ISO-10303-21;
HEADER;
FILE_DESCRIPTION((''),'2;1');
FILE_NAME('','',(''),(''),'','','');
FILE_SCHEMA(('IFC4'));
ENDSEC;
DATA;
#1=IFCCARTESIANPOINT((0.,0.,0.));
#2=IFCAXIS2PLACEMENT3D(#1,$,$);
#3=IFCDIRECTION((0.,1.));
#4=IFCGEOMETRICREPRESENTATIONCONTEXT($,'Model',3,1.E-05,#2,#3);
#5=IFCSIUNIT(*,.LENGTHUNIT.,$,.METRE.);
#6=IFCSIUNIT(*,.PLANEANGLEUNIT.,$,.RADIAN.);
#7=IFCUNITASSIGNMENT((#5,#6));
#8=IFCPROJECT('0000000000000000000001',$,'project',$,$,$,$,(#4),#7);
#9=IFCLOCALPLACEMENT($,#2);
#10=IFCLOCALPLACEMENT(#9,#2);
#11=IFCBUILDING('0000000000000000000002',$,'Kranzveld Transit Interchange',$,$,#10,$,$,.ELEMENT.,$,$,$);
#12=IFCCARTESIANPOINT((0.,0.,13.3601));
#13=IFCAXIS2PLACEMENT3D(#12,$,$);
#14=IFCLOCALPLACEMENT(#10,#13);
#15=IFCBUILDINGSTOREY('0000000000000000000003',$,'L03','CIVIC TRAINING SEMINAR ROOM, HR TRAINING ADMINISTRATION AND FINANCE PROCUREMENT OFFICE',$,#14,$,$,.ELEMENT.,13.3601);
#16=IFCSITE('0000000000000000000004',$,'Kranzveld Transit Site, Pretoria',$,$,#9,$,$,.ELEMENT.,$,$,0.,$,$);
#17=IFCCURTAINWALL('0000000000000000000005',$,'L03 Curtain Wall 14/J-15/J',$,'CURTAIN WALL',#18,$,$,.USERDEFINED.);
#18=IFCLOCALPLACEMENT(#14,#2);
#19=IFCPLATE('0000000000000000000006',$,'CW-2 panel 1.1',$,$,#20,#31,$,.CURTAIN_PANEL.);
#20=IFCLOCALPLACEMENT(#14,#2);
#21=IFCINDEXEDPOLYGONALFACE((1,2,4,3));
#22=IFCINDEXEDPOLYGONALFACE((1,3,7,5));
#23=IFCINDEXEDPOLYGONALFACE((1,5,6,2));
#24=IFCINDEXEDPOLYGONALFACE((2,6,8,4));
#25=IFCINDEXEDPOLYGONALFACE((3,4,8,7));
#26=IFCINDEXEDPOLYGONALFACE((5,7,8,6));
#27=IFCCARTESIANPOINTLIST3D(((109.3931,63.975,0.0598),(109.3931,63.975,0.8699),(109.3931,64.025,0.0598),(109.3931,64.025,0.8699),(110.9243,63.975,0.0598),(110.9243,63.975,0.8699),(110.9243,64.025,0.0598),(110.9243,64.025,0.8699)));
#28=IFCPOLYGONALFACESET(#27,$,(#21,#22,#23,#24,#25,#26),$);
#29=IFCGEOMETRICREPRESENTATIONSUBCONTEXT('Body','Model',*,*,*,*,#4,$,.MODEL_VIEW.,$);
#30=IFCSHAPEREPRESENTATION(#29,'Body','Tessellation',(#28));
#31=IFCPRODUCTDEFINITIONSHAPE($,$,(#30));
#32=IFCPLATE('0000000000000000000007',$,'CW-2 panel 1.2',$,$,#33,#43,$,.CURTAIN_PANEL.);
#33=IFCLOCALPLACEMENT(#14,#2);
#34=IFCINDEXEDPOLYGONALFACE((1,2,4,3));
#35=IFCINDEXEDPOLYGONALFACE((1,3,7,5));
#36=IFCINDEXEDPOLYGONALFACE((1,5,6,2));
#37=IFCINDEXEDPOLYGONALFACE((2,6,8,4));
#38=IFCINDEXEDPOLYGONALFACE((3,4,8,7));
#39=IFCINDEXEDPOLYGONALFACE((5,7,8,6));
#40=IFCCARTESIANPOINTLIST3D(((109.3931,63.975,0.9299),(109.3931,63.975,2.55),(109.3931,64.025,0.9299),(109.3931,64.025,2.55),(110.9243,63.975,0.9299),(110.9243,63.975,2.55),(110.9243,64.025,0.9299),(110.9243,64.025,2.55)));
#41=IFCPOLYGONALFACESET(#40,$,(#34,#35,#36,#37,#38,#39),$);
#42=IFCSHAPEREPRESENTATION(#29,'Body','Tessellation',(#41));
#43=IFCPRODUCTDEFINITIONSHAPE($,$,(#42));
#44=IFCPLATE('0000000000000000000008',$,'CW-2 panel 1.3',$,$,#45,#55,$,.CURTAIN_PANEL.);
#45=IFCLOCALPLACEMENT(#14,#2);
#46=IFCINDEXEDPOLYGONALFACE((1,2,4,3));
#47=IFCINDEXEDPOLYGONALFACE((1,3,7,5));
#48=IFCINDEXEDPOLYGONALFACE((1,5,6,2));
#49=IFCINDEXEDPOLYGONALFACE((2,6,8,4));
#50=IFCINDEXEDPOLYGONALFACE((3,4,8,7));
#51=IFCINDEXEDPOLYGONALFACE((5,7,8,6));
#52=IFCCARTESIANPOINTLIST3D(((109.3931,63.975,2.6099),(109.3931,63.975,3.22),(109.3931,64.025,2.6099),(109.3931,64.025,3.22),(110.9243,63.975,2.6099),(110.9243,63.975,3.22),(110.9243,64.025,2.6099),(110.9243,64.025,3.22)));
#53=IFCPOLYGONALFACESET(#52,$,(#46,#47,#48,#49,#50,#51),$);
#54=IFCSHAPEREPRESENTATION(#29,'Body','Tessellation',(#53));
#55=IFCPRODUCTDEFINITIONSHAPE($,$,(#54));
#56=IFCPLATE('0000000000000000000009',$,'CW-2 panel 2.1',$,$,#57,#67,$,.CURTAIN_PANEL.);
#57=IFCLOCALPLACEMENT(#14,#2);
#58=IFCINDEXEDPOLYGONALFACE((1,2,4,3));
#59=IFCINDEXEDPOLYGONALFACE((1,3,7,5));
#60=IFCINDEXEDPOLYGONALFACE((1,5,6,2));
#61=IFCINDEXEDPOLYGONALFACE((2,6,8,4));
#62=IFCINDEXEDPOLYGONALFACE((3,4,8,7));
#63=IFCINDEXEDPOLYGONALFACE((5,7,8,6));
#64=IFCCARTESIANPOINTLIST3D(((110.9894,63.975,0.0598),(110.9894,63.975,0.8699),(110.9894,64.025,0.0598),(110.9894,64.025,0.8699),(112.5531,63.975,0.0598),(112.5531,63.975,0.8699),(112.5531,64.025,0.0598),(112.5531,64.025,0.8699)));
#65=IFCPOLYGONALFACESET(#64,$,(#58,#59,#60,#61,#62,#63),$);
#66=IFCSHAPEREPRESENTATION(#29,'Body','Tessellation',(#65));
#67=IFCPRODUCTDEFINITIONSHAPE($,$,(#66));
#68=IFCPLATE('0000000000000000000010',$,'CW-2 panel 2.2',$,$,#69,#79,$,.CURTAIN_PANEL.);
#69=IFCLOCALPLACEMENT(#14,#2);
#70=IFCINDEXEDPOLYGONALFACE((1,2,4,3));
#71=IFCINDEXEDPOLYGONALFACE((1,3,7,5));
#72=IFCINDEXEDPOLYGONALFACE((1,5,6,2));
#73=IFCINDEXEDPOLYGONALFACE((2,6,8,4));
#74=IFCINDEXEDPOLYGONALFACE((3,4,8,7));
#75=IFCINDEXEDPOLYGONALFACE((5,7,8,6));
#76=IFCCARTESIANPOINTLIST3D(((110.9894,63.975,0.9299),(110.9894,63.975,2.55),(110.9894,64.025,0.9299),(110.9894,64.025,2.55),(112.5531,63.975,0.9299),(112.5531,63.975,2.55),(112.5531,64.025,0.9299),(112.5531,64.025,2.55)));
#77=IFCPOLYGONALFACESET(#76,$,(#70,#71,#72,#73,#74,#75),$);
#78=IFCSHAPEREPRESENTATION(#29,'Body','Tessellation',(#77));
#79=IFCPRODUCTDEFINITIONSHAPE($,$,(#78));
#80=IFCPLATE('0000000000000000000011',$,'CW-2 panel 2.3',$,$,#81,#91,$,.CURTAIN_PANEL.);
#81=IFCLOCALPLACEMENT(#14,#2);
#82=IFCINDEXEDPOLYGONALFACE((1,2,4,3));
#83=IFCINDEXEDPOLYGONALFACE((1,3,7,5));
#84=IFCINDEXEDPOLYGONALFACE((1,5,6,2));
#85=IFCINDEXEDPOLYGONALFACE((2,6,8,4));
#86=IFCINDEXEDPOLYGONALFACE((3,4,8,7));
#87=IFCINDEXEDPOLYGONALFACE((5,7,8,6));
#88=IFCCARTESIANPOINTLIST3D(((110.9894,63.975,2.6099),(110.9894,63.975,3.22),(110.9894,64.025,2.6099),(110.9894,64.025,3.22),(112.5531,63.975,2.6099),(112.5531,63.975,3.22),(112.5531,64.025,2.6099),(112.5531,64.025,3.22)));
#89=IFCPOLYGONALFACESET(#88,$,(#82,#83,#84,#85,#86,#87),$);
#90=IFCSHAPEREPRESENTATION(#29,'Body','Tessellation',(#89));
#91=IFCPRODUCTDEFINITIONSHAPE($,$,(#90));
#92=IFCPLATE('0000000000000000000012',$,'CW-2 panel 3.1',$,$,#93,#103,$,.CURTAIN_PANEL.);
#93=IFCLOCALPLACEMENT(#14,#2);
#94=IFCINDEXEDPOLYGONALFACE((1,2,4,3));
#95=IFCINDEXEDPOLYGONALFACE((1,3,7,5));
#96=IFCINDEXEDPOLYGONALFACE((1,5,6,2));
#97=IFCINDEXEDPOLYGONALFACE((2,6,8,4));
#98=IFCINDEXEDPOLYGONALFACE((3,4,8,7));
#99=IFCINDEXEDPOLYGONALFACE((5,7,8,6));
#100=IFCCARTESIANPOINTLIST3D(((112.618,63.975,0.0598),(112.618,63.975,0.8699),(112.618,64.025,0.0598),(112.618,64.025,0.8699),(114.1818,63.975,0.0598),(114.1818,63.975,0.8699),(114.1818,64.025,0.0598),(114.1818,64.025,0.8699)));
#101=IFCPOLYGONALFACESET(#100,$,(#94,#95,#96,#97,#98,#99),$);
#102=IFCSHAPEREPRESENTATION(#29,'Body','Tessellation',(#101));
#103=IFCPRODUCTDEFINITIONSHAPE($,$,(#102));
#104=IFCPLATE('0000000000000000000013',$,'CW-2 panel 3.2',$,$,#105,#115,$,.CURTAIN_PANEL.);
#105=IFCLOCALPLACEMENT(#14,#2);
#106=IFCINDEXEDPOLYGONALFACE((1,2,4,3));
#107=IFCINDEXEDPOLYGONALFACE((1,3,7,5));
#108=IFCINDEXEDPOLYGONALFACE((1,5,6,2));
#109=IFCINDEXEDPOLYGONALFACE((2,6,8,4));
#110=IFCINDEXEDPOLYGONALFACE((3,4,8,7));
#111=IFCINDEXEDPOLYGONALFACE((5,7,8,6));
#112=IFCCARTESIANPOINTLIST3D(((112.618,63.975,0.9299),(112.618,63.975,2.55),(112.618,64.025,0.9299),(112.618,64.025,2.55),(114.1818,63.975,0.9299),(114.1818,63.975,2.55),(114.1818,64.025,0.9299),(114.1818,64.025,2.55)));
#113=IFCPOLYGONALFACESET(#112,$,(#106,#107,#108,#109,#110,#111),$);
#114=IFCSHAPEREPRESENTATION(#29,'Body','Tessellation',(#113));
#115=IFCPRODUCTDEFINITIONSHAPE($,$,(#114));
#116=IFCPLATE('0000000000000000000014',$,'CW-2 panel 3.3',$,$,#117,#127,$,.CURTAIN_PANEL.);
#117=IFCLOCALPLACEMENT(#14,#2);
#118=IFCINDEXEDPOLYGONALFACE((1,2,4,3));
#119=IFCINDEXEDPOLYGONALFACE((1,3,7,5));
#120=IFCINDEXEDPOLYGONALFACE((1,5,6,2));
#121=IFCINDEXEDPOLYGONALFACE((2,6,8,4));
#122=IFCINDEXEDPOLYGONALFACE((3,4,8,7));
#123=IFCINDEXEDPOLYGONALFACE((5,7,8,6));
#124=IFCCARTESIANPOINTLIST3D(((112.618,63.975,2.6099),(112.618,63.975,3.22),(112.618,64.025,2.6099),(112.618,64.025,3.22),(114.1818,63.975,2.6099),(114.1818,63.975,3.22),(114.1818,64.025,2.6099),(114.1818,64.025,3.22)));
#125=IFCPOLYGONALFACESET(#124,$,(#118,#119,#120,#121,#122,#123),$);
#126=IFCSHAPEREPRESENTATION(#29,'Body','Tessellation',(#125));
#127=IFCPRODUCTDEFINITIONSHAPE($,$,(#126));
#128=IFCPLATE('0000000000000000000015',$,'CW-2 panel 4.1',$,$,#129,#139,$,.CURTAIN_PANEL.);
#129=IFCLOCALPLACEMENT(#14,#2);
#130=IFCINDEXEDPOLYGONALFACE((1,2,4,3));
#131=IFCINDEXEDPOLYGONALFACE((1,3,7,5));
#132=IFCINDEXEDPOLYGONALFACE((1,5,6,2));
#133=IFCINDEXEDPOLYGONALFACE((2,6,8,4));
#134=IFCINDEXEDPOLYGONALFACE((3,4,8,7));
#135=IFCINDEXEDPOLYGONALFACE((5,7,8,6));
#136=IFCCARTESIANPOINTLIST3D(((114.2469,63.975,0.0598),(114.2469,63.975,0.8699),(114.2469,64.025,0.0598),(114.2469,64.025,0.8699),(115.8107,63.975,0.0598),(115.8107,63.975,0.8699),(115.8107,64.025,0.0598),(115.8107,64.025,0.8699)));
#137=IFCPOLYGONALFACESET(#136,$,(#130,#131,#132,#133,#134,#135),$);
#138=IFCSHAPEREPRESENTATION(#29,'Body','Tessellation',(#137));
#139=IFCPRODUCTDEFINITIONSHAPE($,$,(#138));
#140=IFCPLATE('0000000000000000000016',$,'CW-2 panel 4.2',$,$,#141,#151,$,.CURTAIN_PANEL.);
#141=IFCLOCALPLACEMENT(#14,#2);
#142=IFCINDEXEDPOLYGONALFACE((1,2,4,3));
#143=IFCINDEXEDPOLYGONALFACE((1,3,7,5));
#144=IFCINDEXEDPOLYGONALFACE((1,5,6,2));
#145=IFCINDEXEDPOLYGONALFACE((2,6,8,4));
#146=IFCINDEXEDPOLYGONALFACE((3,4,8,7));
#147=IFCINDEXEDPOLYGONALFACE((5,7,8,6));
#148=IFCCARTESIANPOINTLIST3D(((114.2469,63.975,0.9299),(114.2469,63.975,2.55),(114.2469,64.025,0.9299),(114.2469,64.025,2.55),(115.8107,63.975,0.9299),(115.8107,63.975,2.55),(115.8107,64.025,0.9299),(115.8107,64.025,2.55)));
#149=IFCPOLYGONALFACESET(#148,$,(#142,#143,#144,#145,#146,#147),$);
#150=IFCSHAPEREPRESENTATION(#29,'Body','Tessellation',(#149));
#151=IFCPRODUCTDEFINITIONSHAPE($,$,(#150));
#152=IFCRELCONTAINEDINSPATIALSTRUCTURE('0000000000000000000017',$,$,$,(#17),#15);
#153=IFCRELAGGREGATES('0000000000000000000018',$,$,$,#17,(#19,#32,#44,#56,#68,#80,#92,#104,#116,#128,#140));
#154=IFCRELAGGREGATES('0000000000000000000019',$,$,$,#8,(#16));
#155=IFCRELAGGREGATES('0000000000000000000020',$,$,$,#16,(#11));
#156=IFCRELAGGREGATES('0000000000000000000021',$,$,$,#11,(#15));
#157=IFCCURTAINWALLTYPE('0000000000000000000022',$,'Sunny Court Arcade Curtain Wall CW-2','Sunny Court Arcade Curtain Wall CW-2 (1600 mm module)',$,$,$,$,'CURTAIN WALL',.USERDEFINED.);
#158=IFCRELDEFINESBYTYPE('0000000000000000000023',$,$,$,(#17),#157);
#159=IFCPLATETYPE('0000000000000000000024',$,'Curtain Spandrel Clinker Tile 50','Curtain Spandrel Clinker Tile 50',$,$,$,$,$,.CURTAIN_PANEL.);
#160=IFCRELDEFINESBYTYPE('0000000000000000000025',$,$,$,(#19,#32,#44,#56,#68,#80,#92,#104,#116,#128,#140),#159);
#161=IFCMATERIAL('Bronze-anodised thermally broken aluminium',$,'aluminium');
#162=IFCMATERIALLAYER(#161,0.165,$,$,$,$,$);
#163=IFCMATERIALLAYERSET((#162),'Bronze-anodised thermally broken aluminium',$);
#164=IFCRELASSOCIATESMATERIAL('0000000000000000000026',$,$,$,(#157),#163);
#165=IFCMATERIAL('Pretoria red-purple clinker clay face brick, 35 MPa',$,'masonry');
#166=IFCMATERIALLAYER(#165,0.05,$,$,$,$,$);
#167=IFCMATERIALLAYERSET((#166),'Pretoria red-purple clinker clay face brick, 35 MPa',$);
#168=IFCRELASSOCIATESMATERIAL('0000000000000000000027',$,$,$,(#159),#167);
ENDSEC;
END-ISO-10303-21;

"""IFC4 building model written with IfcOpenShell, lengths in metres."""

from ifc_helpers import new_model, si_unit, direction, frame, origin, origin_2d, place, context, subcontext, project, spatial, rectangle, extrude, material, layer, layer_set, type_object, element, aggregate, save


model = new_model("IFC4")

# Units and contexts
model_context = context("Model", 3, precision=1e-05, world=origin(), true_north=direction((0.0, 1.0)))
body_context = subcontext(model_context, "Body", "Model", "MODEL_VIEW")
ifc_project = project(units=[si_unit("LENGTHUNIT", "METRE"), si_unit("PLANEANGLEUNIT", "RADIAN")], contexts=[model_context])

# Site, building, storey
site_placement = place(None, origin())
site = spatial("IfcSite", under=ifc_project, at=site_placement, Name="Kranzveld Transit Site, Pretoria", CompositionType="ELEMENT", RefElevation=0.0)
building_placement = place(site_placement, origin())
building = spatial("IfcBuilding", under=site, at=building_placement, Name="Kranzveld Transit Interchange", CompositionType="ELEMENT")
storey_placement = place(building_placement, frame((0.0, 0.0, 13.3601)))
storey = spatial("IfcBuildingStorey", under=building, at=storey_placement, Name="L03", Description="CIVIC TRAINING SEMINAR ROOM, HR TRAINING ADMINISTRATION AND FINANCE PROCUREMENT OFFICE", CompositionType="ELEMENT", Elevation=13.3601)

# Curtain wall, plates
ifc_material_1 = material(Name="Bronze-anodised thermally broken aluminium", Category="aluminium")
ifc_layer_1 = layer(ifc_material_1, 0.165)
ifc_layer_set_1 = layer_set([ifc_layer_1], Name="Bronze-anodised thermally broken aluminium")
curtain_wall_type = type_object("IfcCurtainWallType", Name="Sunny Court Arcade Curtain Wall CW-2", Description="Sunny Court Arcade Curtain Wall CW-2 (1600 mm module)", ElementType="CURTAIN WALL", PredefinedType="USERDEFINED", material=ifc_layer_set_1)
curtain_wall_placement = place(storey_placement, origin())
curtain_wall = element("IfcCurtainWall", 1, at=curtain_wall_placement, inside=storey, type_object=curtain_wall_type, Name="L03 Curtain Wall 14/J-15/J", ObjectType="CURTAIN WALL", PredefinedType="USERDEFINED")
ifc_material_2 = material(Name="Pretoria red-purple clinker clay face brick, 35 MPa", Category="masonry")
ifc_layer_2 = layer(ifc_material_2, 0.05)
ifc_layer_set_2 = layer_set([ifc_layer_2], Name="Pretoria red-purple clinker clay face brick, 35 MPa")
plate_type = type_object("IfcPlateType", Name="Curtain Spandrel Clinker Tile 50", Description="Curtain Spandrel Clinker Tile 50", PredefinedType="CURTAIN_PANEL", material=ifc_layer_set_2)
plate_1_placement = place(storey_placement, frame((110.1587, 64.0, 0.0598), z_axis=(0.0, 0.0, 1.0), x_axis=(1.0, 0.0, 0.0)))
plate_1 = element("IfcPlate", 2, at=plate_1_placement, type_object=plate_type, Name="CW-2 panel 1.1", PredefinedType="CURTAIN_PANEL", context=body_context, shape_type="SweptSolid", body=[
    extrude(rectangle(XDim=1.5312, YDim=0.05, at=origin_2d()), origin(), (0.0, 0.0, 1.0), 0.8101),
])
plate_2_placement = place(storey_placement, frame((110.1587, 64.0, 0.9299), z_axis=(0.0, 0.0, 1.0), x_axis=(1.0, 0.0, 0.0)))
plate_2 = element("IfcPlate", 3, at=plate_2_placement, type_object=plate_type, Name="CW-2 panel 1.2", PredefinedType="CURTAIN_PANEL", context=body_context, shape_type="SweptSolid", body=[
    extrude(rectangle(XDim=1.5312, YDim=0.05, at=origin_2d()), origin(), (0.0, 0.0, 1.0), 1.6201),
])
plate_3_placement = place(storey_placement, frame((110.1587, 64.0, 2.6099), z_axis=(0.0, 0.0, 1.0), x_axis=(1.0, 0.0, 0.0)))
plate_3 = element("IfcPlate", 4, at=plate_3_placement, type_object=plate_type, Name="CW-2 panel 1.3", PredefinedType="CURTAIN_PANEL", context=body_context, shape_type="SweptSolid", body=[
    extrude(rectangle(XDim=1.5312, YDim=0.05, at=origin_2d()), origin(), (0.0, 0.0, 1.0), 0.6101),
])
plate_4_placement = place(storey_placement, frame((111.7712, 64.0, 0.0598), z_axis=(0.0, 0.0, 1.0), x_axis=(1.0, 0.0, 0.0)))
plate_4 = element("IfcPlate", 5, at=plate_4_placement, type_object=plate_type, Name="CW-2 panel 2.1", PredefinedType="CURTAIN_PANEL", context=body_context, shape_type="SweptSolid", body=[
    extrude(rectangle(XDim=1.5637, YDim=0.05, at=origin_2d()), origin(), (0.0, 0.0, 1.0), 0.8101),
])
plate_5_placement = place(storey_placement, frame((111.7712, 64.0, 0.9299), z_axis=(0.0, 0.0, 1.0), x_axis=(1.0, 0.0, 0.0)))
plate_5 = element("IfcPlate", 6, at=plate_5_placement, type_object=plate_type, Name="CW-2 panel 2.2", PredefinedType="CURTAIN_PANEL", context=body_context, shape_type="SweptSolid", body=[
    extrude(rectangle(XDim=1.5637, YDim=0.05, at=origin_2d()), origin(), (0.0, 0.0, 1.0), 1.6201),
])
plate_6_placement = place(storey_placement, frame((111.7712, 64.0, 2.6099), z_axis=(0.0, 0.0, 1.0), x_axis=(1.0, 0.0, 0.0)))
plate_6 = element("IfcPlate", 7, at=plate_6_placement, type_object=plate_type, Name="CW-2 panel 2.3", PredefinedType="CURTAIN_PANEL", context=body_context, shape_type="SweptSolid", body=[
    extrude(rectangle(XDim=1.5637, YDim=0.05, at=origin_2d()), origin(), (0.0, 0.0, 1.0), 0.6101),
])
plate_7_placement = place(storey_placement, frame((113.3999, 64.0, 0.0598), z_axis=(0.0, 0.0, 1.0), x_axis=(1.0, 0.0, 0.0)))
plate_7 = element("IfcPlate", 8, at=plate_7_placement, type_object=plate_type, Name="CW-2 panel 3.1", PredefinedType="CURTAIN_PANEL", context=body_context, shape_type="SweptSolid", body=[
    extrude(rectangle(XDim=1.5637, YDim=0.05, at=origin_2d()), origin(), (0.0, 0.0, 1.0), 0.8101),
])
plate_8_placement = place(storey_placement, frame((113.3999, 64.0, 0.9299), z_axis=(0.0, 0.0, 1.0), x_axis=(1.0, 0.0, 0.0)))
plate_8 = element("IfcPlate", 9, at=plate_8_placement, type_object=plate_type, Name="CW-2 panel 3.2", PredefinedType="CURTAIN_PANEL", context=body_context, shape_type="SweptSolid", body=[
    extrude(rectangle(XDim=1.5637, YDim=0.05, at=origin_2d()), origin(), (0.0, 0.0, 1.0), 1.6201),
])
plate_9_placement = place(storey_placement, frame((113.3999, 64.0, 2.6099), z_axis=(0.0, 0.0, 1.0), x_axis=(1.0, 0.0, 0.0)))
plate_9 = element("IfcPlate", 10, at=plate_9_placement, type_object=plate_type, Name="CW-2 panel 3.3", PredefinedType="CURTAIN_PANEL", context=body_context, shape_type="SweptSolid", body=[
    extrude(rectangle(XDim=1.5637, YDim=0.05, at=origin_2d()), origin(), (0.0, 0.0, 1.0), 0.6101),
])
plate_10_placement = place(storey_placement, frame((115.0288, 64.0, 0.0598), z_axis=(0.0, 0.0, 1.0), x_axis=(1.0, 0.0, 0.0)))
plate_10 = element("IfcPlate", 11, at=plate_10_placement, type_object=plate_type, Name="CW-2 panel 4.1", PredefinedType="CURTAIN_PANEL", context=body_context, shape_type="SweptSolid", body=[
    extrude(rectangle(XDim=1.5637, YDim=0.05, at=origin_2d()), origin(), (0.0, 0.0, 1.0), 0.8101),
])
plate_11_placement = place(storey_placement, frame((115.0288, 64.0, 0.9299), z_axis=(0.0, 0.0, 1.0), x_axis=(1.0, 0.0, 0.0)))
plate_11 = element("IfcPlate", 12, at=plate_11_placement, type_object=plate_type, Name="CW-2 panel 4.2", PredefinedType="CURTAIN_PANEL", context=body_context, shape_type="SweptSolid", body=[
    extrude(rectangle(XDim=1.5637, YDim=0.05, at=origin_2d()), origin(), (0.0, 0.0, 1.0), 1.6201),
])
aggregate(curtain_wall, [plate_1, plate_2, plate_3, plate_4, plate_5, plate_6, plate_7, plate_8, plate_9, plate_10, plate_11])

save(model, "model.ifc")
